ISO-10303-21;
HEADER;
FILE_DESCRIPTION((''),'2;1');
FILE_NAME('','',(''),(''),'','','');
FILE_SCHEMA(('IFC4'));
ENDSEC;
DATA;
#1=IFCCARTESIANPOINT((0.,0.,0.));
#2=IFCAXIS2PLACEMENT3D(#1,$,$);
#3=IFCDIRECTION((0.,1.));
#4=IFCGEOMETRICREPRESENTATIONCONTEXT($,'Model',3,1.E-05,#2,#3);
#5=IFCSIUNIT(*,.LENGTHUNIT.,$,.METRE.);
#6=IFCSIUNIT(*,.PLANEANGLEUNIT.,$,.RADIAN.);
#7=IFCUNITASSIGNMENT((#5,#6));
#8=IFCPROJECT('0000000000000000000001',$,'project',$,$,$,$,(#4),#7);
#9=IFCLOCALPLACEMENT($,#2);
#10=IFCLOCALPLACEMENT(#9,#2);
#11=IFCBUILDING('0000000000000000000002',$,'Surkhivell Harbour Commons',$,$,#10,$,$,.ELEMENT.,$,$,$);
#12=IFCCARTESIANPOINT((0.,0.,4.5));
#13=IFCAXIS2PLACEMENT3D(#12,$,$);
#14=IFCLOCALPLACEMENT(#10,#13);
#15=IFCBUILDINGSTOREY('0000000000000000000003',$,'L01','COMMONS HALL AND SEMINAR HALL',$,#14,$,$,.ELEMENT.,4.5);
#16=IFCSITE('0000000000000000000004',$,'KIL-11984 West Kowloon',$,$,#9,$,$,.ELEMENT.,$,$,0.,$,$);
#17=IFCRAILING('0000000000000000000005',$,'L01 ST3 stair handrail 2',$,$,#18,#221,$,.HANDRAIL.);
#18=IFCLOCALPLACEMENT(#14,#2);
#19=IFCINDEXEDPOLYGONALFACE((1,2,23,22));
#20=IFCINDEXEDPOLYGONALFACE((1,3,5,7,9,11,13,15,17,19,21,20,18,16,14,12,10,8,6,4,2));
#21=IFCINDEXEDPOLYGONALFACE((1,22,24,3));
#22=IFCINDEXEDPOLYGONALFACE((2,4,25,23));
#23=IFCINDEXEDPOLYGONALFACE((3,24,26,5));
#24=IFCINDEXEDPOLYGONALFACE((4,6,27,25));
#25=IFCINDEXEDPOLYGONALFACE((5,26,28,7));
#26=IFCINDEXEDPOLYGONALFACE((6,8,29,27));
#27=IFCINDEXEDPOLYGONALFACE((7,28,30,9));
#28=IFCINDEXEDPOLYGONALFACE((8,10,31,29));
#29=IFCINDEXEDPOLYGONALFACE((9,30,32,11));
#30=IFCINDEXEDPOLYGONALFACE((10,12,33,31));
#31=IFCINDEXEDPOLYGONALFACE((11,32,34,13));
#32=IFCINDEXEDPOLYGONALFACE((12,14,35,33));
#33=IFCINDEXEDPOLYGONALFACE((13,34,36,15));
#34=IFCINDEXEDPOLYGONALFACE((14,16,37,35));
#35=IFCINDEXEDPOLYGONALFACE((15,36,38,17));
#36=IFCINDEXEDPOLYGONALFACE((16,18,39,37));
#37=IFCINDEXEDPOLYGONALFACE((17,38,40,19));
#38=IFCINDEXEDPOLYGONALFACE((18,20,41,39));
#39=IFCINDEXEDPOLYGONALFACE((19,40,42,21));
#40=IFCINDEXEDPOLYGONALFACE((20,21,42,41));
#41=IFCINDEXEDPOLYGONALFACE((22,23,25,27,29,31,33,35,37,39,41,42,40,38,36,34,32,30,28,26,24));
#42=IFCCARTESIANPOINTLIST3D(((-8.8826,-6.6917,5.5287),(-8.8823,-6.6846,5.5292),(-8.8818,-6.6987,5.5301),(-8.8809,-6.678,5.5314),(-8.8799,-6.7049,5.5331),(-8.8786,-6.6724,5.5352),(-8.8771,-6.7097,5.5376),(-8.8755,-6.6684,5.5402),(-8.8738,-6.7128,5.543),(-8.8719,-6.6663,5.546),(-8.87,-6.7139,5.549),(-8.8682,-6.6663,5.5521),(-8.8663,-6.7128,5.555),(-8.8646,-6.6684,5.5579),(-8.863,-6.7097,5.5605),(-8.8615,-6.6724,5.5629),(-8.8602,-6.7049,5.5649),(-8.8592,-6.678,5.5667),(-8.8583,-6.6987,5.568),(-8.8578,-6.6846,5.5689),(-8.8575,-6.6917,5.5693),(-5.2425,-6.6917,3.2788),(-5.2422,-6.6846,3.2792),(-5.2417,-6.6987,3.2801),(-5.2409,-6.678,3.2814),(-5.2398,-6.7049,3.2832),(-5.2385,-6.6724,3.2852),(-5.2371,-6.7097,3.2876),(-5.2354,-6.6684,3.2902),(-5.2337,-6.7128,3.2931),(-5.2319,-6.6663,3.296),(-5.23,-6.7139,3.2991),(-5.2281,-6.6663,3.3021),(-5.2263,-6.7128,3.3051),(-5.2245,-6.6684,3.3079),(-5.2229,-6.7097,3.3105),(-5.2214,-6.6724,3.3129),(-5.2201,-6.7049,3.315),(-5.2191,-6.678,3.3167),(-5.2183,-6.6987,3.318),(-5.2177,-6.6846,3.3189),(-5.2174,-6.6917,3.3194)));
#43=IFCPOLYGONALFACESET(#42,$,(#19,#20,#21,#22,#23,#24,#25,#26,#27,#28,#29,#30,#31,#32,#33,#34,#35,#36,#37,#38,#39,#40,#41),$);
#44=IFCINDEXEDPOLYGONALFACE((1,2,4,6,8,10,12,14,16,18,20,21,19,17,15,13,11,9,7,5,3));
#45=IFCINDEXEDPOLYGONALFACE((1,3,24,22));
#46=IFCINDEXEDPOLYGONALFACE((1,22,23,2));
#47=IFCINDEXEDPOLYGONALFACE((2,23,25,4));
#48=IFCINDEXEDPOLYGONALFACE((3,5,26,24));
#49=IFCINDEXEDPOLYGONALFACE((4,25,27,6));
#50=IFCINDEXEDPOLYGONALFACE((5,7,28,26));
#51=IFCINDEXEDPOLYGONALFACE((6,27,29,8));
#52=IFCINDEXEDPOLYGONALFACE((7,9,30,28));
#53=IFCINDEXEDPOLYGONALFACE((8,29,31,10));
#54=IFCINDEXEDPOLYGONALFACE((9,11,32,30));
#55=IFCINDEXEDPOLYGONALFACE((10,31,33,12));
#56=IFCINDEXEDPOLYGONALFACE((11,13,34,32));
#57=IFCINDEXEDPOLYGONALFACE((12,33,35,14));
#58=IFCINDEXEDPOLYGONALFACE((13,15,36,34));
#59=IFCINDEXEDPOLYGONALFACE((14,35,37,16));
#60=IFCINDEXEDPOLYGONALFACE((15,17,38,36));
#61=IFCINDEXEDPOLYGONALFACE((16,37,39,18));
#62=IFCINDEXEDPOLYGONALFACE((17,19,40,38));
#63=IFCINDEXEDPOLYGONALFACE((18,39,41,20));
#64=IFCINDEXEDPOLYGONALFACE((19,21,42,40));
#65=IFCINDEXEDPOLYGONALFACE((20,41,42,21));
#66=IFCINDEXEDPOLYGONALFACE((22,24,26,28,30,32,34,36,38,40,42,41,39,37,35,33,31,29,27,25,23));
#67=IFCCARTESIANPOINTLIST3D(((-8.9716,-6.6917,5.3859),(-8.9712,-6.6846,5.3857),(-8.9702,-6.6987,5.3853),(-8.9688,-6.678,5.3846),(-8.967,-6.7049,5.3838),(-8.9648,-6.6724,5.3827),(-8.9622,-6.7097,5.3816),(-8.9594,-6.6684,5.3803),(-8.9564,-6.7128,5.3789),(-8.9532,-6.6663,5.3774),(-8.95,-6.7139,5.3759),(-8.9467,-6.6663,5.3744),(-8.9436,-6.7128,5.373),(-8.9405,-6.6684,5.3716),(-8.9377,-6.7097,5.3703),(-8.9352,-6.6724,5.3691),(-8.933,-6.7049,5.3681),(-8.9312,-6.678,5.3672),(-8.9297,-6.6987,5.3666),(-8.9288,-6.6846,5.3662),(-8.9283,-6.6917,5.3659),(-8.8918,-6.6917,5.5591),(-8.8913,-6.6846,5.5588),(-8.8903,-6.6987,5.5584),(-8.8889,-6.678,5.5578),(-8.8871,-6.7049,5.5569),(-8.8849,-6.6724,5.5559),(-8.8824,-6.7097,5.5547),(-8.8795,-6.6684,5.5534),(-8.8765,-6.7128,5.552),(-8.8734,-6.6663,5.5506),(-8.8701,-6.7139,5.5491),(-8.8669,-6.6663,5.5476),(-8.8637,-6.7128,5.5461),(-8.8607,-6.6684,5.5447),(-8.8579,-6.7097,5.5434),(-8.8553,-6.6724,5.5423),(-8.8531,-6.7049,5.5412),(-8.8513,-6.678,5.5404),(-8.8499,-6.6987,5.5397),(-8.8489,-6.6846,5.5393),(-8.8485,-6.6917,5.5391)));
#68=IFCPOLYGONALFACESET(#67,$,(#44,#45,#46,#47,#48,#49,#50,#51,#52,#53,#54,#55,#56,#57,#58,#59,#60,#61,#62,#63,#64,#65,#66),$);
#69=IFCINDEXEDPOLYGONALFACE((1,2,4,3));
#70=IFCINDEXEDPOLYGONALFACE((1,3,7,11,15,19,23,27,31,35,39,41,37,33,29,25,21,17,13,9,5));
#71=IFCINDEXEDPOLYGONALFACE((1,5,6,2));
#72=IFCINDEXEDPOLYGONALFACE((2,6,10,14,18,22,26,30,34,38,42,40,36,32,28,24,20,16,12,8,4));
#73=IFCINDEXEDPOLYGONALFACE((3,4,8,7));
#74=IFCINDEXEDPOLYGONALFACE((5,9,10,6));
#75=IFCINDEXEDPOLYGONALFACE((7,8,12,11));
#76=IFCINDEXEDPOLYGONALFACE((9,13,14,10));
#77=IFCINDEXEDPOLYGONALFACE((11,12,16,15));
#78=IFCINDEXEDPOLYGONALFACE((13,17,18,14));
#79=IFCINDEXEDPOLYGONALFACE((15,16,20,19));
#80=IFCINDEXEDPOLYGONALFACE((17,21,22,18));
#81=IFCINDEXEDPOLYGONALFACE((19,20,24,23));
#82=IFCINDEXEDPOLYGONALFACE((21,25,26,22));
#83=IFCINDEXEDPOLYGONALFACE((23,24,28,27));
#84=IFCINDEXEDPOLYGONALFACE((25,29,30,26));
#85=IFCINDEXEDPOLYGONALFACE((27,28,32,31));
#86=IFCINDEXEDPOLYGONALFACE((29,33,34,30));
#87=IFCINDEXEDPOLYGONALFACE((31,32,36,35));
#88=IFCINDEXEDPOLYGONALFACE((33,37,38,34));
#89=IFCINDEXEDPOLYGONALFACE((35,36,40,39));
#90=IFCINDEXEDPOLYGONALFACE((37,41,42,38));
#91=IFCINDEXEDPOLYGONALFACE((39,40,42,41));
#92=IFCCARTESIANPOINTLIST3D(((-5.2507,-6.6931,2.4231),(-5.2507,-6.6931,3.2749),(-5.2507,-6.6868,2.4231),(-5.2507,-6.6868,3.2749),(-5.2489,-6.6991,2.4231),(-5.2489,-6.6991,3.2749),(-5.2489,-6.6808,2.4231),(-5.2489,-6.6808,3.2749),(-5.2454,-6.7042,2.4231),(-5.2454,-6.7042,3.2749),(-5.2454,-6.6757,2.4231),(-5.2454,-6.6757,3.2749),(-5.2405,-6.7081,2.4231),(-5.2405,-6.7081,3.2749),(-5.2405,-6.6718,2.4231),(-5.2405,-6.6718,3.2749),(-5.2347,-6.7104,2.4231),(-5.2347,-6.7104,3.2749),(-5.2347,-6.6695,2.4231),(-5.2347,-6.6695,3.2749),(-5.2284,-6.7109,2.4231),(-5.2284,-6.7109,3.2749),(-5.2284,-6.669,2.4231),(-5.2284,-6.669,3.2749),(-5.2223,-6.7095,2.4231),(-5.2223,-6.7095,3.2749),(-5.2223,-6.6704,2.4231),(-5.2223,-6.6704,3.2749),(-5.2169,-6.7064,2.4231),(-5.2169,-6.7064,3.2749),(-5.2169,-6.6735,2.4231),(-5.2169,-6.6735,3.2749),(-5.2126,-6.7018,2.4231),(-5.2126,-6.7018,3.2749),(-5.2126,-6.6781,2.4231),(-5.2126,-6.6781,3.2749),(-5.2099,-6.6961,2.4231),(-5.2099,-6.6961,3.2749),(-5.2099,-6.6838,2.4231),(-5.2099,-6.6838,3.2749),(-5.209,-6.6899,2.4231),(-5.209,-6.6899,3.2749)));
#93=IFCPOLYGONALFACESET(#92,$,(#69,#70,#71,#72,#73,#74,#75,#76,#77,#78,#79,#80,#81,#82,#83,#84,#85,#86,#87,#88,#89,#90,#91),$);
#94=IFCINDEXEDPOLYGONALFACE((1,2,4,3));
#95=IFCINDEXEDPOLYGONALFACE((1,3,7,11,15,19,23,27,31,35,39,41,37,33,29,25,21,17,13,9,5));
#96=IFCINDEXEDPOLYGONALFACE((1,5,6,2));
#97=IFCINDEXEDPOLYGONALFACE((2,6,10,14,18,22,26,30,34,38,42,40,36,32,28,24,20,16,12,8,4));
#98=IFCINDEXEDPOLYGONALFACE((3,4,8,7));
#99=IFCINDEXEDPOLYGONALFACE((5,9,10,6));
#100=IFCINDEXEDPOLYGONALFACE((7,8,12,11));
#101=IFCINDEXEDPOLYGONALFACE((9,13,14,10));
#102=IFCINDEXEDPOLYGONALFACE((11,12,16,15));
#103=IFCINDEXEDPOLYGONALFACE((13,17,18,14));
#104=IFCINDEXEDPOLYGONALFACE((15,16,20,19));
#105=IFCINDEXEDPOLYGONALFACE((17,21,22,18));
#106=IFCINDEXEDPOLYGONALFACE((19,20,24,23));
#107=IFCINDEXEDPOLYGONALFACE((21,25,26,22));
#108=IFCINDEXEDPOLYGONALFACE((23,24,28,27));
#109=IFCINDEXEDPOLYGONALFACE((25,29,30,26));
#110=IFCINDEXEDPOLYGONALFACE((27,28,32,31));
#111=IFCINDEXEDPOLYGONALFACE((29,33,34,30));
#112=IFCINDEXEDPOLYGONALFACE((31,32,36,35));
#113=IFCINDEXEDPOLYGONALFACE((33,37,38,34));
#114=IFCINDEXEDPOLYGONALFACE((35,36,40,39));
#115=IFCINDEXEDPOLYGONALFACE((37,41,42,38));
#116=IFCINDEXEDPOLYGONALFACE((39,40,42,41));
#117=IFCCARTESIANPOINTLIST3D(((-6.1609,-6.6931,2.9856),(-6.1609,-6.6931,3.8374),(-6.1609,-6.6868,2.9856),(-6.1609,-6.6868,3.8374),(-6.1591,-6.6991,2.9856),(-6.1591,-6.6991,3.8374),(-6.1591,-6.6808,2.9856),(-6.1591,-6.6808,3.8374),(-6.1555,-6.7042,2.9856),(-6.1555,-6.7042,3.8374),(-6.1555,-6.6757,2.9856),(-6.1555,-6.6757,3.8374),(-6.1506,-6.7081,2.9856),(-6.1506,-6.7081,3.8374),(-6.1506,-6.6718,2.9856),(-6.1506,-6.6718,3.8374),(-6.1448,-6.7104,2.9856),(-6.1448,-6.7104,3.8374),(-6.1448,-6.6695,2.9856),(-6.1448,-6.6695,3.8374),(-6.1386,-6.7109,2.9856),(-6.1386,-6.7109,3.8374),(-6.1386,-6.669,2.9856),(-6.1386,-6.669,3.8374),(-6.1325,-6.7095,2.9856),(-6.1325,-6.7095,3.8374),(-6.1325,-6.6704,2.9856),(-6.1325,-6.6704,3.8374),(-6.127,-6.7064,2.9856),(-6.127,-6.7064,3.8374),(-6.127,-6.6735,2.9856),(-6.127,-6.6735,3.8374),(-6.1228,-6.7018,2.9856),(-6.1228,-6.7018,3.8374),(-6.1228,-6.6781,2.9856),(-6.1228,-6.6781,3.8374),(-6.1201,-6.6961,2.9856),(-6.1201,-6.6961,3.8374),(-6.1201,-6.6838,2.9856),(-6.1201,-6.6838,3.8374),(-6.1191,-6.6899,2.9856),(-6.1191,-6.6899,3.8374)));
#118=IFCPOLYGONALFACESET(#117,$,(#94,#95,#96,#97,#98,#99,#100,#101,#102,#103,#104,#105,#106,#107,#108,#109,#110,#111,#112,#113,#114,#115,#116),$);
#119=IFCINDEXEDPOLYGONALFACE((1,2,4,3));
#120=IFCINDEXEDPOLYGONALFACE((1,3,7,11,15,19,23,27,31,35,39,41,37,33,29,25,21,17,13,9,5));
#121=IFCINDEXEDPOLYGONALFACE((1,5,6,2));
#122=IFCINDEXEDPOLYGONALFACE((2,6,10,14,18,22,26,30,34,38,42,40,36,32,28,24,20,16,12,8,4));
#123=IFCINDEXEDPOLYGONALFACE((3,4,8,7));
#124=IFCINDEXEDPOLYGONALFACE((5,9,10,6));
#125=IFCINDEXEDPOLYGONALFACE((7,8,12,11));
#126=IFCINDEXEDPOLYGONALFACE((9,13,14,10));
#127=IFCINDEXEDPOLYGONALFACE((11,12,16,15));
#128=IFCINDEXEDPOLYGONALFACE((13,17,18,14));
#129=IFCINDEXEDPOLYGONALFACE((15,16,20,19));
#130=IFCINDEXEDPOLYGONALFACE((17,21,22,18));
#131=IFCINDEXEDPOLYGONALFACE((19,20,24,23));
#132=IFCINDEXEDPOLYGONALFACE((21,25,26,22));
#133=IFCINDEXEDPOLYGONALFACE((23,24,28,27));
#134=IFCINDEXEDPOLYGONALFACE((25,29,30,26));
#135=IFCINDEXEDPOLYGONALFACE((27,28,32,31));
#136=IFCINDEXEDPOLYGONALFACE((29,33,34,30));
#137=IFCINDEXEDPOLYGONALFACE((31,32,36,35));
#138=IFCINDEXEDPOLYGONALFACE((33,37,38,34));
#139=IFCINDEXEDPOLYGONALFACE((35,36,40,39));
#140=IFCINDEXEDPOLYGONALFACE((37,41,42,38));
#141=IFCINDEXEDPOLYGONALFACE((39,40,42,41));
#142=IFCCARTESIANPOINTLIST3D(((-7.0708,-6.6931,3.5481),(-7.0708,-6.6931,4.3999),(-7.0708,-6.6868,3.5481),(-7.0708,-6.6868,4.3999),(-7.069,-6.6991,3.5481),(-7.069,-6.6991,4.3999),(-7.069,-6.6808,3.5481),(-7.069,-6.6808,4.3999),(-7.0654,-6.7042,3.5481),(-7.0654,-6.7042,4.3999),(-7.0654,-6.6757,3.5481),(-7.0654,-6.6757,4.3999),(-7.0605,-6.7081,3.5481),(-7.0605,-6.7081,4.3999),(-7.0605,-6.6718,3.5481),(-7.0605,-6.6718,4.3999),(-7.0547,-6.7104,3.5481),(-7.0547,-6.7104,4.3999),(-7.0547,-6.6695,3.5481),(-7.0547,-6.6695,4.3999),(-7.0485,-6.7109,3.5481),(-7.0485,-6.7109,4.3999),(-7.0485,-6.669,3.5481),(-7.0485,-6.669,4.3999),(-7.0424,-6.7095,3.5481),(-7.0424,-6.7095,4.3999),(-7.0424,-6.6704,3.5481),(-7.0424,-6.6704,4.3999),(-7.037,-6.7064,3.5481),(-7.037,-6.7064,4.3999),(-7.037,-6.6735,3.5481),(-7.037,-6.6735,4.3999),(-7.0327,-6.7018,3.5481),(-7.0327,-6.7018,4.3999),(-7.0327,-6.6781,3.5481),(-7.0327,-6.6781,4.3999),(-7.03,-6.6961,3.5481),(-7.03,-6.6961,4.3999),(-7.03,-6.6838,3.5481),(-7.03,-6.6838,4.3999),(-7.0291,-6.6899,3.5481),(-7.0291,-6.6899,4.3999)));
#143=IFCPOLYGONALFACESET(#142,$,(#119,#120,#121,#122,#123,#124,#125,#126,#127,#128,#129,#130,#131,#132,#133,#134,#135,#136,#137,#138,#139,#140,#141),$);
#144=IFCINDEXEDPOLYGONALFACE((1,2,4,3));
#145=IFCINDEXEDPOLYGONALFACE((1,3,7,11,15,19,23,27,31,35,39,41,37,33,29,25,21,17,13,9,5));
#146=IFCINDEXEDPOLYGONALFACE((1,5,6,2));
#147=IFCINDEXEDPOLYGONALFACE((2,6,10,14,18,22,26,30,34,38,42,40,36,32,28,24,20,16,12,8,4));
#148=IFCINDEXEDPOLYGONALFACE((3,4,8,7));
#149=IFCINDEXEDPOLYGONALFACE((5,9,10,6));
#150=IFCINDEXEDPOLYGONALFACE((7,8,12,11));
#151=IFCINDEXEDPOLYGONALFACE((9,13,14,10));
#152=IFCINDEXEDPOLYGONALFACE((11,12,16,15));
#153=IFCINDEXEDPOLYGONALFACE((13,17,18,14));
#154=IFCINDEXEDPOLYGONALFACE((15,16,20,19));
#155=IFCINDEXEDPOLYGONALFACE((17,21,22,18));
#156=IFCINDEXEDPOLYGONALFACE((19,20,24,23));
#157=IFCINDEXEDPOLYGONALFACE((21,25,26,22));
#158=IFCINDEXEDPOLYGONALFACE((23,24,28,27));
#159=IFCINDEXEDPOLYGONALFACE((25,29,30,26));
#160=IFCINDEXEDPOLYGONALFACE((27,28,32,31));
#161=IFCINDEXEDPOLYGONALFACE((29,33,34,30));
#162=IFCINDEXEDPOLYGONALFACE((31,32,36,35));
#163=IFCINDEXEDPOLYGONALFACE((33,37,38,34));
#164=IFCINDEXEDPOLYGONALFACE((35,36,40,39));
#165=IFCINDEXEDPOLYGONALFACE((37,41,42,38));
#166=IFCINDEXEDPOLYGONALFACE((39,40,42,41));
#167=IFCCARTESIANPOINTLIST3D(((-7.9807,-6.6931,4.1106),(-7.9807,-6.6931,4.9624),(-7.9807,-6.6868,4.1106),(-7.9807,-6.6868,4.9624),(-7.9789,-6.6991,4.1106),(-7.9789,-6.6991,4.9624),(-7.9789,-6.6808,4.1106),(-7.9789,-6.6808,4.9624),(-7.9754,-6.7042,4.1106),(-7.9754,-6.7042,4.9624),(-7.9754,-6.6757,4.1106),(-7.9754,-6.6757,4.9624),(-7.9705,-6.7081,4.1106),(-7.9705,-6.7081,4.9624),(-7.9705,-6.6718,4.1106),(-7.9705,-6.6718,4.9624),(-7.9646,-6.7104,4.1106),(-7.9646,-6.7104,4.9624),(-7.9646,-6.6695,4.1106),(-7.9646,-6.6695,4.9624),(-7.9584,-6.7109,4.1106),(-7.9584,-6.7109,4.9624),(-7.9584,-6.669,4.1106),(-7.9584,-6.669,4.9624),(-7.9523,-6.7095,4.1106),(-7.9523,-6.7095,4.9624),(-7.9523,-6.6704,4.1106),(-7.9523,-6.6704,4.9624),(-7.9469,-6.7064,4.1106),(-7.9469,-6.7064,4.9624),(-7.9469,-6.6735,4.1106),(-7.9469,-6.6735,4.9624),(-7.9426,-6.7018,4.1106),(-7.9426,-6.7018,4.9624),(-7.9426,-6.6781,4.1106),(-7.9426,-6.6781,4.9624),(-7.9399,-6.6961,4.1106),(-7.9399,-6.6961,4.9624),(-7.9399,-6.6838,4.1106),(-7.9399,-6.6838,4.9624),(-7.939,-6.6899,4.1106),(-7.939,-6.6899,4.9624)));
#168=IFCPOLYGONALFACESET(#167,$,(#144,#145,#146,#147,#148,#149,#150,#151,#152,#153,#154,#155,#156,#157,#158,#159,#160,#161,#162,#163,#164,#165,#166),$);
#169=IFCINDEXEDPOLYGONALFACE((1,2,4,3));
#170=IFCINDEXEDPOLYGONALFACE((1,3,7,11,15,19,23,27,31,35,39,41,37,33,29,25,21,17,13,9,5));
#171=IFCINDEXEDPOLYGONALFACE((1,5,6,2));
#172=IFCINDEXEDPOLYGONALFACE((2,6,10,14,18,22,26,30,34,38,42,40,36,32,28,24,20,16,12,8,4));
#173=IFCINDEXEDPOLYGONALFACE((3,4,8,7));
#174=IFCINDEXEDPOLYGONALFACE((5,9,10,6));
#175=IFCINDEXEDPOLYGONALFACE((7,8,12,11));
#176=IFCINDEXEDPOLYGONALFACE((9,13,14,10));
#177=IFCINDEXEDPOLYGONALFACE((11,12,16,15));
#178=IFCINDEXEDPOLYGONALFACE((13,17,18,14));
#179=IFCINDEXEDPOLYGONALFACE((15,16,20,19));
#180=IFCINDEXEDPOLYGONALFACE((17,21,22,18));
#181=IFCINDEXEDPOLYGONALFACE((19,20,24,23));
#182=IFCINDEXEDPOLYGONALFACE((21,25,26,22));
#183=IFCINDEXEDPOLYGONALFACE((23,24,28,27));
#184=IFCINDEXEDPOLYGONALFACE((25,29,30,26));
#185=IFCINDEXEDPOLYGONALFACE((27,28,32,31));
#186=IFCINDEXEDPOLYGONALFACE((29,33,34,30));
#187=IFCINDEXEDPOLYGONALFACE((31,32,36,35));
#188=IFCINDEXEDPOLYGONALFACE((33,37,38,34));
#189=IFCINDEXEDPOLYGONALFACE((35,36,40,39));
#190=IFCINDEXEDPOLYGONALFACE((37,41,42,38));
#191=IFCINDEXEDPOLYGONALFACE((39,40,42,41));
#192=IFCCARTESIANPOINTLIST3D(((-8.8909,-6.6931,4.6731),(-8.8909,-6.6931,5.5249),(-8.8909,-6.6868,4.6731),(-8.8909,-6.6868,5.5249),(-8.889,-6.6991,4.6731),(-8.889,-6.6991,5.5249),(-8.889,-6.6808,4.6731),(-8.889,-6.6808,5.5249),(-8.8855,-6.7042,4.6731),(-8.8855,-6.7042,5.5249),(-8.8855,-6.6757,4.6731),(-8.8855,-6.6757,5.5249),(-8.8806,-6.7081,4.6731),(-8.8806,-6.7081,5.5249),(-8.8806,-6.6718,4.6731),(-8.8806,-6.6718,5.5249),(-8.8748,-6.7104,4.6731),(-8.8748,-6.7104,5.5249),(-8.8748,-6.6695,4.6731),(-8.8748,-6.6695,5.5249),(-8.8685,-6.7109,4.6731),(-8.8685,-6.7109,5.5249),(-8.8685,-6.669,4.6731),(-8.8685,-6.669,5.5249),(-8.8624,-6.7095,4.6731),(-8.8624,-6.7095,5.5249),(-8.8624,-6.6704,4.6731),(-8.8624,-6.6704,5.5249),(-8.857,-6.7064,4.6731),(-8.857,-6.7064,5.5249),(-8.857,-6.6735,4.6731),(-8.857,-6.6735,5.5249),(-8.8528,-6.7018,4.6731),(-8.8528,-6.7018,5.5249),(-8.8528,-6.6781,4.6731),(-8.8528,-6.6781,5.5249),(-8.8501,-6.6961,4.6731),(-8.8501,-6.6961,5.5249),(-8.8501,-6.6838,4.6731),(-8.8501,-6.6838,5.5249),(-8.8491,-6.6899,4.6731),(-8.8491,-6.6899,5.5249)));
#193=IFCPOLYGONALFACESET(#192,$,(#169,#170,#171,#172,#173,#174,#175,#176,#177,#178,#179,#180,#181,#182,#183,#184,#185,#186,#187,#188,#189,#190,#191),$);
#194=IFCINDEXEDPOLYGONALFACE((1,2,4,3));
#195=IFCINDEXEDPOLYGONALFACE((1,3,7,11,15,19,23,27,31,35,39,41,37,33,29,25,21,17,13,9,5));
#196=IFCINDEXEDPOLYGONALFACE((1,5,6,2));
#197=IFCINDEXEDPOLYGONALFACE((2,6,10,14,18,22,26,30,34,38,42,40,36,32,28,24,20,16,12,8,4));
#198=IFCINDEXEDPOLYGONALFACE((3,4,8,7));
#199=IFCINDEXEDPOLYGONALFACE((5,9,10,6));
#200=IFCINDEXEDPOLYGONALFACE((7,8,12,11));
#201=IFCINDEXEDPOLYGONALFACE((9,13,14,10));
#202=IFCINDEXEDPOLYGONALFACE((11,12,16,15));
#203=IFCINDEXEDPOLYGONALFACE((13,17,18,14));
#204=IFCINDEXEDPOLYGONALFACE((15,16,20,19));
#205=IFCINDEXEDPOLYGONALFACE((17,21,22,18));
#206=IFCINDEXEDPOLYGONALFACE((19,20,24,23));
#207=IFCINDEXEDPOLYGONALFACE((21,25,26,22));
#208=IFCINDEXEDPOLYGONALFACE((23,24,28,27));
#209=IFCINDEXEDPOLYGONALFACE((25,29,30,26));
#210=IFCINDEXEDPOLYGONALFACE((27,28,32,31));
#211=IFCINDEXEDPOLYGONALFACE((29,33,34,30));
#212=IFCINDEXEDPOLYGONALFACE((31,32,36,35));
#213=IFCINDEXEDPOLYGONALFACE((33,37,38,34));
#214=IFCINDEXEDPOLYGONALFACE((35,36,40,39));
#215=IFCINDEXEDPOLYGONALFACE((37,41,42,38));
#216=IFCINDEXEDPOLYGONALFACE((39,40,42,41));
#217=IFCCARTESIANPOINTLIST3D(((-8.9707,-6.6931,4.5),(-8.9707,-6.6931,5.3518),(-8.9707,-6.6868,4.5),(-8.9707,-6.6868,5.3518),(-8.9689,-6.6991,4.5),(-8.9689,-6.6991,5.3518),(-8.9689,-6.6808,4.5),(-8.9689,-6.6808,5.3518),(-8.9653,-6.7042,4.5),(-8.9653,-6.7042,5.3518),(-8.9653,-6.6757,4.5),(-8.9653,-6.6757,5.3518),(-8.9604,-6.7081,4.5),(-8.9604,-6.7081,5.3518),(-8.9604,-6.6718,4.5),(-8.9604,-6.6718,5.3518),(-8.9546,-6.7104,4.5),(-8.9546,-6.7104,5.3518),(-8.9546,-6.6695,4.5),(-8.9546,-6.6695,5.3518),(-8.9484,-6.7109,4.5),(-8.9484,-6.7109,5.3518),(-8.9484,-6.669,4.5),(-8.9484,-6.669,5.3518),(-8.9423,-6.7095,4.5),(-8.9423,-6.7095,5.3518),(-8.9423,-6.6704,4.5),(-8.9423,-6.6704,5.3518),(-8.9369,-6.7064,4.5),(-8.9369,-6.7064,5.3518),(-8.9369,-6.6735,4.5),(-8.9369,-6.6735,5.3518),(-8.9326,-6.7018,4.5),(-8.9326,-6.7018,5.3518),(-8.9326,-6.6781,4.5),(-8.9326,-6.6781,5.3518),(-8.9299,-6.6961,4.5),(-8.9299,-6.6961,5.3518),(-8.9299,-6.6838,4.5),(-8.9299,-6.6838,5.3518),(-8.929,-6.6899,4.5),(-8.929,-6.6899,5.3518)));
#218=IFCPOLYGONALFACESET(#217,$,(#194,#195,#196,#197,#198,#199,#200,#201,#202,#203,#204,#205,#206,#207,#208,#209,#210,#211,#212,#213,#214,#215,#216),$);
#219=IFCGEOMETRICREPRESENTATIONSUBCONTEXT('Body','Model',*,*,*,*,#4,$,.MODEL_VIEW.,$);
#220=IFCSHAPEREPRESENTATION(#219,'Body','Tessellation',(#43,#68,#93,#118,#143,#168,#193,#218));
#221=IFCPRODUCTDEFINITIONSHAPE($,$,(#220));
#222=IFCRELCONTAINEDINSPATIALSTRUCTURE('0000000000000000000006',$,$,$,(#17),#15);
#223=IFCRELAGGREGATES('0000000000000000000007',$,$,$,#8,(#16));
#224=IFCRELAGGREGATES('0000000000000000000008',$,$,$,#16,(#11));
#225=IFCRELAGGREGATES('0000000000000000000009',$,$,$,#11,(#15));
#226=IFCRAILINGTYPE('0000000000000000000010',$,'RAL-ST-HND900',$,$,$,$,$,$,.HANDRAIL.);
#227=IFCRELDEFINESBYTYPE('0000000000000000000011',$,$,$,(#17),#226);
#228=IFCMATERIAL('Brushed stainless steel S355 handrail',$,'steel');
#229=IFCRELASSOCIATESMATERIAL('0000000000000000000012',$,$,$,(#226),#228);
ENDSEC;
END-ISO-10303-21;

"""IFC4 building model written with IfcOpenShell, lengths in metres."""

from ifc_helpers import new_model, si_unit, direction, frame, origin, origin_2d, place, context, subcontext, project, spatial, circle, extrude, material, type_object, element, save


model = new_model("IFC4")

# Units and contexts
model_context = context("Model", 3, precision=1e-05, world=origin(), true_north=direction((0.0, 1.0)))
body_context = subcontext(model_context, "Body", "Model", "MODEL_VIEW")
ifc_project = project(units=[si_unit("LENGTHUNIT", "METRE"), si_unit("PLANEANGLEUNIT", "RADIAN")], contexts=[model_context])

# Site, building, storey
site_placement = place(None, origin())
site = spatial("IfcSite", under=ifc_project, at=site_placement, Name="KIL-11984 West Kowloon", CompositionType="ELEMENT", RefElevation=0.0)
building_placement = place(site_placement, origin())
building = spatial("IfcBuilding", under=site, at=building_placement, Name="Surkhivell Harbour Commons", CompositionType="ELEMENT")
storey_placement = place(building_placement, frame((0.0, 0.0, 4.5)))
storey = spatial("IfcBuildingStorey", under=building, at=storey_placement, Name="L01", Description="COMMONS HALL AND SEMINAR HALL", CompositionType="ELEMENT", Elevation=4.5)

# Railing
ifc_material_1 = material(Name="Brushed stainless steel S355 handrail", Category="steel")
railing_type_1 = type_object("IfcRailingType", Name="RAL-ST-HND900", PredefinedType="HANDRAIL", material=ifc_material_1)
railing_1_placement = place(storey_placement, frame((-5.23, -6.6899, 2.4231)))
element("IfcRailing", 1, at=railing_1_placement, inside=storey, type_object=railing_type_1, Name="L01 ST3 stair handrail 2", PredefinedType="HANDRAIL", context=body_context, shape_type="SweptSolid", body=[
    extrude(circle(Radius=0.0239, at=origin_2d()), frame((0.0, 0.0, 0.876), z_axis=(-0.850622, 0.0, 0.525777), x_axis=(0.0, -1.0, 0.0)), (0.0, 0.0, 1.0), 4.2793),
    extrude(circle(Radius=0.0239, at=origin_2d()), frame((-3.6401, 0.0, 3.126), z_axis=(-0.418815, 0.0, -0.908072), x_axis=(0.0, -1.0, 0.0)), (0.0, 0.0, 1.0), 0.1907),
    extrude(circle(Radius=0.021, at=origin_2d()), origin(), (0.0, 0.0, 1.0), 0.8518),
    extrude(circle(Radius=0.021, at=origin_2d()), frame((-0.9102, 0.0, 0.5625)), (0.0, 0.0, 1.0), 0.8518),
    extrude(circle(Radius=0.021, at=origin_2d()), frame((-1.8201, 0.0, 1.125)), (0.0, 0.0, 1.0), 0.8518),
    extrude(circle(Radius=0.021, at=origin_2d()), frame((-2.73, 0.0, 1.6875)), (0.0, 0.0, 1.0), 0.8518),
    extrude(circle(Radius=0.021, at=origin_2d()), frame((-3.6401, 0.0, 2.25)), (0.0, 0.0, 1.0), 0.8518),
    extrude(circle(Radius=0.021, at=origin_2d()), frame((-3.72, 0.0, 2.0769)), (0.0, 0.0, 1.0), 0.8518),
])

save(model, "model.ifc")
